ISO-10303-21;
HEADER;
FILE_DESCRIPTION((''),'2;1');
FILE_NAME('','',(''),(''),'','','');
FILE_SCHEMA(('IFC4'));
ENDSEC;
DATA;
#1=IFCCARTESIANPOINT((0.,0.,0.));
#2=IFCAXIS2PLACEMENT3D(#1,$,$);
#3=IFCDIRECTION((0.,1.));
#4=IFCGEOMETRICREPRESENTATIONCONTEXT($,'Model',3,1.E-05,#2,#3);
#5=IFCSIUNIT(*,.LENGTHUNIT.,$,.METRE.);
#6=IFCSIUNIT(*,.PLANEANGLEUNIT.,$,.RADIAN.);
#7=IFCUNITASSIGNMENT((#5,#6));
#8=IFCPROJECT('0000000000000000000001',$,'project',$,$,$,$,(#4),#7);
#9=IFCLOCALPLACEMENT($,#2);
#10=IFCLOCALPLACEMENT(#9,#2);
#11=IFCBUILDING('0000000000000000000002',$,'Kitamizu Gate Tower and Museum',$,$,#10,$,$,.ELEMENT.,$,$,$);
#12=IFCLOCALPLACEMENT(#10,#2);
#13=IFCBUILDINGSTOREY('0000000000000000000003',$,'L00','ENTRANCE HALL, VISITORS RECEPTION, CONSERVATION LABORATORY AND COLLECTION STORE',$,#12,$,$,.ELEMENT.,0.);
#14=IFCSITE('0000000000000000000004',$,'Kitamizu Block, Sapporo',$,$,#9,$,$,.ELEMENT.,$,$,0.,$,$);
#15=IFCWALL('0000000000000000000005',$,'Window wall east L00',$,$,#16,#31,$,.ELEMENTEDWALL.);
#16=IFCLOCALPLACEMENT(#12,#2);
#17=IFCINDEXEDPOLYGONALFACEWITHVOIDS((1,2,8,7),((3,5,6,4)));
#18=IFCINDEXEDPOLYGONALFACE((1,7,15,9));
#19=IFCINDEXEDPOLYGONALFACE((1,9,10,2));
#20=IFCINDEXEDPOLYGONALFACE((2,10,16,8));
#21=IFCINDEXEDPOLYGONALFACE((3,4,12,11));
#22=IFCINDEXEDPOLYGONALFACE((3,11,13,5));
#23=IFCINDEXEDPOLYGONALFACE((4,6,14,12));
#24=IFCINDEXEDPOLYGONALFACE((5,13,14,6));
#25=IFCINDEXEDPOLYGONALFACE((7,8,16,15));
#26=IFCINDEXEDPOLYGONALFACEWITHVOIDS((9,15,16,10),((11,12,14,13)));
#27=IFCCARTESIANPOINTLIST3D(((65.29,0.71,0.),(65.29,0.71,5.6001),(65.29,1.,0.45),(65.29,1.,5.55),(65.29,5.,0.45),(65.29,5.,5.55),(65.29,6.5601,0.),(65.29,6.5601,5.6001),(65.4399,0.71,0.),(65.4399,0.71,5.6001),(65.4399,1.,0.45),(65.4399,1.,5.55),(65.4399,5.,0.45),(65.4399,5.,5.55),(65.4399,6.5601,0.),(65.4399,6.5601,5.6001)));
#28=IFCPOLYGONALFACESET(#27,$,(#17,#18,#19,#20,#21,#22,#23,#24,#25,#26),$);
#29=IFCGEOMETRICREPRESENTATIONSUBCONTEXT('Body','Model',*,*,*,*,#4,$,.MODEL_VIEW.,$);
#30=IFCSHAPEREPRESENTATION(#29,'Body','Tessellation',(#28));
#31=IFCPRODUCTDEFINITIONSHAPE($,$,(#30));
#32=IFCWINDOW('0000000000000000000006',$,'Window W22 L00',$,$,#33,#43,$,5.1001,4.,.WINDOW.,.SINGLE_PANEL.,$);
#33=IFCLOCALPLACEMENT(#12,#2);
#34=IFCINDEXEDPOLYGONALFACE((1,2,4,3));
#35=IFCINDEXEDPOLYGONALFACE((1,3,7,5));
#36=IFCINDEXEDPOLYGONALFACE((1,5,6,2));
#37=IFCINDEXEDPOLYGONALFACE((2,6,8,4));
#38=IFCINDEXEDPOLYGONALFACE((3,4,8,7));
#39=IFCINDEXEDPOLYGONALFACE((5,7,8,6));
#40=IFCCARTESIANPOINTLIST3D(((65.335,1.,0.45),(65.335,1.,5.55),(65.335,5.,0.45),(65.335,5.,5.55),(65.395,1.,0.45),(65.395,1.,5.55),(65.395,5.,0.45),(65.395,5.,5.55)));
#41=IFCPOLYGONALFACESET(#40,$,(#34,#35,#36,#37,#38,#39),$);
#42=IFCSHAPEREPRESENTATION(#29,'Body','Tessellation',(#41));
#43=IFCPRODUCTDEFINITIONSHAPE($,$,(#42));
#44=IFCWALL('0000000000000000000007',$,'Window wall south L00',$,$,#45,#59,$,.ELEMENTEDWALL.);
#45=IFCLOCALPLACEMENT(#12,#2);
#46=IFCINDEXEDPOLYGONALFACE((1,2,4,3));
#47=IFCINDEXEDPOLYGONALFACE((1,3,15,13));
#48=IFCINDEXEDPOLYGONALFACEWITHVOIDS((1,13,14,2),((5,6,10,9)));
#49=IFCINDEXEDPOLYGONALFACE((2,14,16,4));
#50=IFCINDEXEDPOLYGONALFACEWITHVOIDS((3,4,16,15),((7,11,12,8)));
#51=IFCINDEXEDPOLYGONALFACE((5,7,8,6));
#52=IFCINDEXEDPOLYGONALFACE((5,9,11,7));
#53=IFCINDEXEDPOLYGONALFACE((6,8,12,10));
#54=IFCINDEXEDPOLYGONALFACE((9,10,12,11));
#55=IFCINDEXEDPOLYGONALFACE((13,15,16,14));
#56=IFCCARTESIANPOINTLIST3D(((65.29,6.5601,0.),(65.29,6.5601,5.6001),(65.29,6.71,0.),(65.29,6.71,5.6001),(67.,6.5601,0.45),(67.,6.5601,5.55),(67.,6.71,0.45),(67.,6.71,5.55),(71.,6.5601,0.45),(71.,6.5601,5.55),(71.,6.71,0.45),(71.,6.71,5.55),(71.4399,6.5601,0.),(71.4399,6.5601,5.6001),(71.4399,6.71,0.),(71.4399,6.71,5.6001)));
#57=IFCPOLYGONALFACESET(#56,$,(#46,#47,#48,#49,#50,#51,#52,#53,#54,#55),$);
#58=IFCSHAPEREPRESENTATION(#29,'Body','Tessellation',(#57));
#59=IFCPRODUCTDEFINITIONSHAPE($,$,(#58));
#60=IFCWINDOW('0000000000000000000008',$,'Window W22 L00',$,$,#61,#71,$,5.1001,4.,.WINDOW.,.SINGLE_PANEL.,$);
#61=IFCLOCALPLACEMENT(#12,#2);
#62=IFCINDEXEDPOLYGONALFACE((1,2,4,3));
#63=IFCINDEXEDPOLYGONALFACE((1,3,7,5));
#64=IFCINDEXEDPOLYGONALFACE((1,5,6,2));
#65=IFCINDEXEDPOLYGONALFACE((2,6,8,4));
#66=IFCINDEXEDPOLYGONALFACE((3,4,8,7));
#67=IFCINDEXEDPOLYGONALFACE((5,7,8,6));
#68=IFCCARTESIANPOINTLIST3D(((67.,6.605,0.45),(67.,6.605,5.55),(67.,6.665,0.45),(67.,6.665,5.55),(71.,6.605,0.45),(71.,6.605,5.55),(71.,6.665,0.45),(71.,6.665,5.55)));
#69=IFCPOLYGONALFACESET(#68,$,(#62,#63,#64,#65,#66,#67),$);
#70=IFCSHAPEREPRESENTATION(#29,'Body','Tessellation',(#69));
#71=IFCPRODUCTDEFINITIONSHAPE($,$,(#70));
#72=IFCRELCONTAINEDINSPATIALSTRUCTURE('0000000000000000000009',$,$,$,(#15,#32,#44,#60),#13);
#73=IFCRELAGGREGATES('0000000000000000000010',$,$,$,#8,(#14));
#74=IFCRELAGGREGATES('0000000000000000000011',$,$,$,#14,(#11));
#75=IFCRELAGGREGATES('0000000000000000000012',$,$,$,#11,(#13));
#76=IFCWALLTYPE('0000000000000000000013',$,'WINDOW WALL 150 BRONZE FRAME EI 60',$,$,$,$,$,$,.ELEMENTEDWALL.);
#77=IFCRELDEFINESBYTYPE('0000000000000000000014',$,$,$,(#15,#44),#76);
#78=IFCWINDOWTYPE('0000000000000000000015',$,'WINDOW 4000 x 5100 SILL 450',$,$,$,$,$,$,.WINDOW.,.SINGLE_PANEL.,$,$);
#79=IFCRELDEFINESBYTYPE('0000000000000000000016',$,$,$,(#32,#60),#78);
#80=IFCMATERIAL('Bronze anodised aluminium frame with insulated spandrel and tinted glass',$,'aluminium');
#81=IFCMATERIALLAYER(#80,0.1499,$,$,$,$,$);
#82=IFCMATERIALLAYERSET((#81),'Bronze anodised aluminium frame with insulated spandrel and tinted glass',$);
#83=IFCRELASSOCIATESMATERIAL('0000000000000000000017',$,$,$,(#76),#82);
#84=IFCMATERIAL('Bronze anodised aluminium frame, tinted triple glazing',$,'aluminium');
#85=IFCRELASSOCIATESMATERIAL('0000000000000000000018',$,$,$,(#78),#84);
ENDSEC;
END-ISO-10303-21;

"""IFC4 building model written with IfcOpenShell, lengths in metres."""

from ifc_helpers import new_model, si_unit, direction, frame, frame_2d, origin, place, context, subcontext, project, spatial, rectangle, extrude, material, layer, layer_set, type_object, element, fill, save


model = new_model("IFC4")

# Units and contexts
model_context = context("Model", 3, precision=1e-05, world=origin(), true_north=direction((0.0, 1.0)))
body_context = subcontext(model_context, "Body", "Model", "MODEL_VIEW")
ifc_project = project(units=[si_unit("LENGTHUNIT", "METRE"), si_unit("PLANEANGLEUNIT", "RADIAN")], contexts=[model_context])

# Site, building, storey
site_placement = place(None, origin())
site = spatial("IfcSite", under=ifc_project, at=site_placement, Name="Kitamizu Block, Sapporo", CompositionType="ELEMENT", RefElevation=0.0)
building_placement = place(site_placement, origin())
building = spatial("IfcBuilding", under=site, at=building_placement, Name="Kitamizu Gate Tower and Museum", CompositionType="ELEMENT")
storey_placement = place(building_placement, origin())
storey = spatial("IfcBuildingStorey", under=building, at=storey_placement, Name="L00", Description="ENTRANCE HALL, VISITORS RECEPTION, CONSERVATION LABORATORY AND COLLECTION STORE", CompositionType="ELEMENT", Elevation=0.0)

# Walls, openings, windows
ifc_material_1 = material(Name="Bronze anodised aluminium frame with insulated spandrel and tinted glass", Category="aluminium")
ifc_layer_1 = layer(ifc_material_1, 0.1499)
ifc_layer_set_1 = layer_set([ifc_layer_1], Name="Bronze anodised aluminium frame with insulated spandrel and tinted glass")
wall_type_1 = type_object("IfcWallType", Name="WINDOW WALL 150 BRONZE FRAME EI 60", PredefinedType="ELEMENTEDWALL", material=ifc_layer_set_1)
wall_1_placement = place(storey_placement, frame((65.365, 0.71, 0.0), z_axis=(0.0, 0.0, 1.0), x_axis=(0.0, 1.0, 0.0)))
wall_1 = element("IfcWall", 1, at=wall_1_placement, inside=storey, type_object=wall_type_1, Name="Window wall east L00", PredefinedType="ELEMENTEDWALL", context=body_context, shape_type="SweptSolid", body=[
    extrude(rectangle(XDim=5.8501, YDim=0.1499, at=frame_2d((2.925, 0.0))), origin(), (0.0, 0.0, 1.0), 5.6001),
])
opening_1_placement = place(wall_1_placement, frame((0.29, 0.0, 0.45)))
opening_1 = element("IfcOpeningElement", 2, at=opening_1_placement, cuts=wall_1, PredefinedType="OPENING", context=body_context, shape_type="SweptSolid", body=[
    extrude(rectangle(XDim=4.0, YDim=5.1001, at=frame_2d((2.0, 2.55))), frame((0.0, 0.085, 0.0), z_axis=(0.0, -1.0, 0.0), x_axis=(1.0, 0.0, 0.0)), (0.0, 0.0, 1.0), 0.1699),
])
ifc_material_2 = material(Name="Bronze anodised aluminium frame, tinted triple glazing", Category="aluminium")
window_type = type_object("IfcWindowType", Name="WINDOW 4000 x 5100 SILL 450", PartitioningType="SINGLE_PANEL", PredefinedType="WINDOW", material=ifc_material_2)
window_1_placement = place(opening_1_placement, origin())
window_1 = element("IfcWindow", 3, at=window_1_placement, inside=storey, type_object=window_type, Name="Window W22 L00", OverallHeight=5.1001, OverallWidth=4.0, PartitioningType="SINGLE_PANEL", PredefinedType="WINDOW", context=body_context, shape_type="SweptSolid", body=[
    extrude(rectangle(XDim=4.0, YDim=5.1001, at=frame_2d((2.0, 2.55))), frame((0.0, 0.03, 0.0), z_axis=(0.0, -1.0, 0.0), x_axis=(1.0, 0.0, 0.0)), (0.0, 0.0, 1.0), 0.0601),
])
fill(opening_1, window_1)
wall_2_placement = place(storey_placement, frame((65.29, 6.635, 0.0), z_axis=(0.0, 0.0, 1.0), x_axis=(1.0, 0.0, 0.0)))
wall_2 = element("IfcWall", 4, at=wall_2_placement, inside=storey, type_object=wall_type_1, Name="Window wall south L00", PredefinedType="ELEMENTEDWALL", context=body_context, shape_type="SweptSolid", body=[
    extrude(rectangle(XDim=6.1499, YDim=0.1499, at=frame_2d((3.075, 0.0))), origin(), (0.0, 0.0, 1.0), 5.6001),
])
opening_2_placement = place(wall_2_placement, frame((1.71, 0.0, 0.45)))
opening_2 = element("IfcOpeningElement", 5, at=opening_2_placement, cuts=wall_2, PredefinedType="OPENING", context=body_context, shape_type="SweptSolid", body=[
    extrude(rectangle(XDim=4.0, YDim=5.1001, at=frame_2d((2.0, 2.55))), frame((0.0, 0.085, 0.0), z_axis=(0.0, -1.0, 0.0), x_axis=(1.0, 0.0, 0.0)), (0.0, 0.0, 1.0), 0.1699),
])
window_2_placement = place(opening_2_placement, origin())
window_2 = element("IfcWindow", 6, at=window_2_placement, inside=storey, type_object=window_type, Name="Window W22 L00", OverallHeight=5.1001, OverallWidth=4.0, PartitioningType="SINGLE_PANEL", PredefinedType="WINDOW", context=body_context, shape_type="SweptSolid", body=[
    extrude(rectangle(XDim=4.0, YDim=5.1001, at=frame_2d((2.0, 2.55))), frame((0.0, 0.03, 0.0), z_axis=(0.0, -1.0, 0.0), x_axis=(1.0, 0.0, 0.0)), (0.0, 0.0, 1.0), 0.0601),
])
fill(opening_2, window_2)

save(model, "model.ifc")
